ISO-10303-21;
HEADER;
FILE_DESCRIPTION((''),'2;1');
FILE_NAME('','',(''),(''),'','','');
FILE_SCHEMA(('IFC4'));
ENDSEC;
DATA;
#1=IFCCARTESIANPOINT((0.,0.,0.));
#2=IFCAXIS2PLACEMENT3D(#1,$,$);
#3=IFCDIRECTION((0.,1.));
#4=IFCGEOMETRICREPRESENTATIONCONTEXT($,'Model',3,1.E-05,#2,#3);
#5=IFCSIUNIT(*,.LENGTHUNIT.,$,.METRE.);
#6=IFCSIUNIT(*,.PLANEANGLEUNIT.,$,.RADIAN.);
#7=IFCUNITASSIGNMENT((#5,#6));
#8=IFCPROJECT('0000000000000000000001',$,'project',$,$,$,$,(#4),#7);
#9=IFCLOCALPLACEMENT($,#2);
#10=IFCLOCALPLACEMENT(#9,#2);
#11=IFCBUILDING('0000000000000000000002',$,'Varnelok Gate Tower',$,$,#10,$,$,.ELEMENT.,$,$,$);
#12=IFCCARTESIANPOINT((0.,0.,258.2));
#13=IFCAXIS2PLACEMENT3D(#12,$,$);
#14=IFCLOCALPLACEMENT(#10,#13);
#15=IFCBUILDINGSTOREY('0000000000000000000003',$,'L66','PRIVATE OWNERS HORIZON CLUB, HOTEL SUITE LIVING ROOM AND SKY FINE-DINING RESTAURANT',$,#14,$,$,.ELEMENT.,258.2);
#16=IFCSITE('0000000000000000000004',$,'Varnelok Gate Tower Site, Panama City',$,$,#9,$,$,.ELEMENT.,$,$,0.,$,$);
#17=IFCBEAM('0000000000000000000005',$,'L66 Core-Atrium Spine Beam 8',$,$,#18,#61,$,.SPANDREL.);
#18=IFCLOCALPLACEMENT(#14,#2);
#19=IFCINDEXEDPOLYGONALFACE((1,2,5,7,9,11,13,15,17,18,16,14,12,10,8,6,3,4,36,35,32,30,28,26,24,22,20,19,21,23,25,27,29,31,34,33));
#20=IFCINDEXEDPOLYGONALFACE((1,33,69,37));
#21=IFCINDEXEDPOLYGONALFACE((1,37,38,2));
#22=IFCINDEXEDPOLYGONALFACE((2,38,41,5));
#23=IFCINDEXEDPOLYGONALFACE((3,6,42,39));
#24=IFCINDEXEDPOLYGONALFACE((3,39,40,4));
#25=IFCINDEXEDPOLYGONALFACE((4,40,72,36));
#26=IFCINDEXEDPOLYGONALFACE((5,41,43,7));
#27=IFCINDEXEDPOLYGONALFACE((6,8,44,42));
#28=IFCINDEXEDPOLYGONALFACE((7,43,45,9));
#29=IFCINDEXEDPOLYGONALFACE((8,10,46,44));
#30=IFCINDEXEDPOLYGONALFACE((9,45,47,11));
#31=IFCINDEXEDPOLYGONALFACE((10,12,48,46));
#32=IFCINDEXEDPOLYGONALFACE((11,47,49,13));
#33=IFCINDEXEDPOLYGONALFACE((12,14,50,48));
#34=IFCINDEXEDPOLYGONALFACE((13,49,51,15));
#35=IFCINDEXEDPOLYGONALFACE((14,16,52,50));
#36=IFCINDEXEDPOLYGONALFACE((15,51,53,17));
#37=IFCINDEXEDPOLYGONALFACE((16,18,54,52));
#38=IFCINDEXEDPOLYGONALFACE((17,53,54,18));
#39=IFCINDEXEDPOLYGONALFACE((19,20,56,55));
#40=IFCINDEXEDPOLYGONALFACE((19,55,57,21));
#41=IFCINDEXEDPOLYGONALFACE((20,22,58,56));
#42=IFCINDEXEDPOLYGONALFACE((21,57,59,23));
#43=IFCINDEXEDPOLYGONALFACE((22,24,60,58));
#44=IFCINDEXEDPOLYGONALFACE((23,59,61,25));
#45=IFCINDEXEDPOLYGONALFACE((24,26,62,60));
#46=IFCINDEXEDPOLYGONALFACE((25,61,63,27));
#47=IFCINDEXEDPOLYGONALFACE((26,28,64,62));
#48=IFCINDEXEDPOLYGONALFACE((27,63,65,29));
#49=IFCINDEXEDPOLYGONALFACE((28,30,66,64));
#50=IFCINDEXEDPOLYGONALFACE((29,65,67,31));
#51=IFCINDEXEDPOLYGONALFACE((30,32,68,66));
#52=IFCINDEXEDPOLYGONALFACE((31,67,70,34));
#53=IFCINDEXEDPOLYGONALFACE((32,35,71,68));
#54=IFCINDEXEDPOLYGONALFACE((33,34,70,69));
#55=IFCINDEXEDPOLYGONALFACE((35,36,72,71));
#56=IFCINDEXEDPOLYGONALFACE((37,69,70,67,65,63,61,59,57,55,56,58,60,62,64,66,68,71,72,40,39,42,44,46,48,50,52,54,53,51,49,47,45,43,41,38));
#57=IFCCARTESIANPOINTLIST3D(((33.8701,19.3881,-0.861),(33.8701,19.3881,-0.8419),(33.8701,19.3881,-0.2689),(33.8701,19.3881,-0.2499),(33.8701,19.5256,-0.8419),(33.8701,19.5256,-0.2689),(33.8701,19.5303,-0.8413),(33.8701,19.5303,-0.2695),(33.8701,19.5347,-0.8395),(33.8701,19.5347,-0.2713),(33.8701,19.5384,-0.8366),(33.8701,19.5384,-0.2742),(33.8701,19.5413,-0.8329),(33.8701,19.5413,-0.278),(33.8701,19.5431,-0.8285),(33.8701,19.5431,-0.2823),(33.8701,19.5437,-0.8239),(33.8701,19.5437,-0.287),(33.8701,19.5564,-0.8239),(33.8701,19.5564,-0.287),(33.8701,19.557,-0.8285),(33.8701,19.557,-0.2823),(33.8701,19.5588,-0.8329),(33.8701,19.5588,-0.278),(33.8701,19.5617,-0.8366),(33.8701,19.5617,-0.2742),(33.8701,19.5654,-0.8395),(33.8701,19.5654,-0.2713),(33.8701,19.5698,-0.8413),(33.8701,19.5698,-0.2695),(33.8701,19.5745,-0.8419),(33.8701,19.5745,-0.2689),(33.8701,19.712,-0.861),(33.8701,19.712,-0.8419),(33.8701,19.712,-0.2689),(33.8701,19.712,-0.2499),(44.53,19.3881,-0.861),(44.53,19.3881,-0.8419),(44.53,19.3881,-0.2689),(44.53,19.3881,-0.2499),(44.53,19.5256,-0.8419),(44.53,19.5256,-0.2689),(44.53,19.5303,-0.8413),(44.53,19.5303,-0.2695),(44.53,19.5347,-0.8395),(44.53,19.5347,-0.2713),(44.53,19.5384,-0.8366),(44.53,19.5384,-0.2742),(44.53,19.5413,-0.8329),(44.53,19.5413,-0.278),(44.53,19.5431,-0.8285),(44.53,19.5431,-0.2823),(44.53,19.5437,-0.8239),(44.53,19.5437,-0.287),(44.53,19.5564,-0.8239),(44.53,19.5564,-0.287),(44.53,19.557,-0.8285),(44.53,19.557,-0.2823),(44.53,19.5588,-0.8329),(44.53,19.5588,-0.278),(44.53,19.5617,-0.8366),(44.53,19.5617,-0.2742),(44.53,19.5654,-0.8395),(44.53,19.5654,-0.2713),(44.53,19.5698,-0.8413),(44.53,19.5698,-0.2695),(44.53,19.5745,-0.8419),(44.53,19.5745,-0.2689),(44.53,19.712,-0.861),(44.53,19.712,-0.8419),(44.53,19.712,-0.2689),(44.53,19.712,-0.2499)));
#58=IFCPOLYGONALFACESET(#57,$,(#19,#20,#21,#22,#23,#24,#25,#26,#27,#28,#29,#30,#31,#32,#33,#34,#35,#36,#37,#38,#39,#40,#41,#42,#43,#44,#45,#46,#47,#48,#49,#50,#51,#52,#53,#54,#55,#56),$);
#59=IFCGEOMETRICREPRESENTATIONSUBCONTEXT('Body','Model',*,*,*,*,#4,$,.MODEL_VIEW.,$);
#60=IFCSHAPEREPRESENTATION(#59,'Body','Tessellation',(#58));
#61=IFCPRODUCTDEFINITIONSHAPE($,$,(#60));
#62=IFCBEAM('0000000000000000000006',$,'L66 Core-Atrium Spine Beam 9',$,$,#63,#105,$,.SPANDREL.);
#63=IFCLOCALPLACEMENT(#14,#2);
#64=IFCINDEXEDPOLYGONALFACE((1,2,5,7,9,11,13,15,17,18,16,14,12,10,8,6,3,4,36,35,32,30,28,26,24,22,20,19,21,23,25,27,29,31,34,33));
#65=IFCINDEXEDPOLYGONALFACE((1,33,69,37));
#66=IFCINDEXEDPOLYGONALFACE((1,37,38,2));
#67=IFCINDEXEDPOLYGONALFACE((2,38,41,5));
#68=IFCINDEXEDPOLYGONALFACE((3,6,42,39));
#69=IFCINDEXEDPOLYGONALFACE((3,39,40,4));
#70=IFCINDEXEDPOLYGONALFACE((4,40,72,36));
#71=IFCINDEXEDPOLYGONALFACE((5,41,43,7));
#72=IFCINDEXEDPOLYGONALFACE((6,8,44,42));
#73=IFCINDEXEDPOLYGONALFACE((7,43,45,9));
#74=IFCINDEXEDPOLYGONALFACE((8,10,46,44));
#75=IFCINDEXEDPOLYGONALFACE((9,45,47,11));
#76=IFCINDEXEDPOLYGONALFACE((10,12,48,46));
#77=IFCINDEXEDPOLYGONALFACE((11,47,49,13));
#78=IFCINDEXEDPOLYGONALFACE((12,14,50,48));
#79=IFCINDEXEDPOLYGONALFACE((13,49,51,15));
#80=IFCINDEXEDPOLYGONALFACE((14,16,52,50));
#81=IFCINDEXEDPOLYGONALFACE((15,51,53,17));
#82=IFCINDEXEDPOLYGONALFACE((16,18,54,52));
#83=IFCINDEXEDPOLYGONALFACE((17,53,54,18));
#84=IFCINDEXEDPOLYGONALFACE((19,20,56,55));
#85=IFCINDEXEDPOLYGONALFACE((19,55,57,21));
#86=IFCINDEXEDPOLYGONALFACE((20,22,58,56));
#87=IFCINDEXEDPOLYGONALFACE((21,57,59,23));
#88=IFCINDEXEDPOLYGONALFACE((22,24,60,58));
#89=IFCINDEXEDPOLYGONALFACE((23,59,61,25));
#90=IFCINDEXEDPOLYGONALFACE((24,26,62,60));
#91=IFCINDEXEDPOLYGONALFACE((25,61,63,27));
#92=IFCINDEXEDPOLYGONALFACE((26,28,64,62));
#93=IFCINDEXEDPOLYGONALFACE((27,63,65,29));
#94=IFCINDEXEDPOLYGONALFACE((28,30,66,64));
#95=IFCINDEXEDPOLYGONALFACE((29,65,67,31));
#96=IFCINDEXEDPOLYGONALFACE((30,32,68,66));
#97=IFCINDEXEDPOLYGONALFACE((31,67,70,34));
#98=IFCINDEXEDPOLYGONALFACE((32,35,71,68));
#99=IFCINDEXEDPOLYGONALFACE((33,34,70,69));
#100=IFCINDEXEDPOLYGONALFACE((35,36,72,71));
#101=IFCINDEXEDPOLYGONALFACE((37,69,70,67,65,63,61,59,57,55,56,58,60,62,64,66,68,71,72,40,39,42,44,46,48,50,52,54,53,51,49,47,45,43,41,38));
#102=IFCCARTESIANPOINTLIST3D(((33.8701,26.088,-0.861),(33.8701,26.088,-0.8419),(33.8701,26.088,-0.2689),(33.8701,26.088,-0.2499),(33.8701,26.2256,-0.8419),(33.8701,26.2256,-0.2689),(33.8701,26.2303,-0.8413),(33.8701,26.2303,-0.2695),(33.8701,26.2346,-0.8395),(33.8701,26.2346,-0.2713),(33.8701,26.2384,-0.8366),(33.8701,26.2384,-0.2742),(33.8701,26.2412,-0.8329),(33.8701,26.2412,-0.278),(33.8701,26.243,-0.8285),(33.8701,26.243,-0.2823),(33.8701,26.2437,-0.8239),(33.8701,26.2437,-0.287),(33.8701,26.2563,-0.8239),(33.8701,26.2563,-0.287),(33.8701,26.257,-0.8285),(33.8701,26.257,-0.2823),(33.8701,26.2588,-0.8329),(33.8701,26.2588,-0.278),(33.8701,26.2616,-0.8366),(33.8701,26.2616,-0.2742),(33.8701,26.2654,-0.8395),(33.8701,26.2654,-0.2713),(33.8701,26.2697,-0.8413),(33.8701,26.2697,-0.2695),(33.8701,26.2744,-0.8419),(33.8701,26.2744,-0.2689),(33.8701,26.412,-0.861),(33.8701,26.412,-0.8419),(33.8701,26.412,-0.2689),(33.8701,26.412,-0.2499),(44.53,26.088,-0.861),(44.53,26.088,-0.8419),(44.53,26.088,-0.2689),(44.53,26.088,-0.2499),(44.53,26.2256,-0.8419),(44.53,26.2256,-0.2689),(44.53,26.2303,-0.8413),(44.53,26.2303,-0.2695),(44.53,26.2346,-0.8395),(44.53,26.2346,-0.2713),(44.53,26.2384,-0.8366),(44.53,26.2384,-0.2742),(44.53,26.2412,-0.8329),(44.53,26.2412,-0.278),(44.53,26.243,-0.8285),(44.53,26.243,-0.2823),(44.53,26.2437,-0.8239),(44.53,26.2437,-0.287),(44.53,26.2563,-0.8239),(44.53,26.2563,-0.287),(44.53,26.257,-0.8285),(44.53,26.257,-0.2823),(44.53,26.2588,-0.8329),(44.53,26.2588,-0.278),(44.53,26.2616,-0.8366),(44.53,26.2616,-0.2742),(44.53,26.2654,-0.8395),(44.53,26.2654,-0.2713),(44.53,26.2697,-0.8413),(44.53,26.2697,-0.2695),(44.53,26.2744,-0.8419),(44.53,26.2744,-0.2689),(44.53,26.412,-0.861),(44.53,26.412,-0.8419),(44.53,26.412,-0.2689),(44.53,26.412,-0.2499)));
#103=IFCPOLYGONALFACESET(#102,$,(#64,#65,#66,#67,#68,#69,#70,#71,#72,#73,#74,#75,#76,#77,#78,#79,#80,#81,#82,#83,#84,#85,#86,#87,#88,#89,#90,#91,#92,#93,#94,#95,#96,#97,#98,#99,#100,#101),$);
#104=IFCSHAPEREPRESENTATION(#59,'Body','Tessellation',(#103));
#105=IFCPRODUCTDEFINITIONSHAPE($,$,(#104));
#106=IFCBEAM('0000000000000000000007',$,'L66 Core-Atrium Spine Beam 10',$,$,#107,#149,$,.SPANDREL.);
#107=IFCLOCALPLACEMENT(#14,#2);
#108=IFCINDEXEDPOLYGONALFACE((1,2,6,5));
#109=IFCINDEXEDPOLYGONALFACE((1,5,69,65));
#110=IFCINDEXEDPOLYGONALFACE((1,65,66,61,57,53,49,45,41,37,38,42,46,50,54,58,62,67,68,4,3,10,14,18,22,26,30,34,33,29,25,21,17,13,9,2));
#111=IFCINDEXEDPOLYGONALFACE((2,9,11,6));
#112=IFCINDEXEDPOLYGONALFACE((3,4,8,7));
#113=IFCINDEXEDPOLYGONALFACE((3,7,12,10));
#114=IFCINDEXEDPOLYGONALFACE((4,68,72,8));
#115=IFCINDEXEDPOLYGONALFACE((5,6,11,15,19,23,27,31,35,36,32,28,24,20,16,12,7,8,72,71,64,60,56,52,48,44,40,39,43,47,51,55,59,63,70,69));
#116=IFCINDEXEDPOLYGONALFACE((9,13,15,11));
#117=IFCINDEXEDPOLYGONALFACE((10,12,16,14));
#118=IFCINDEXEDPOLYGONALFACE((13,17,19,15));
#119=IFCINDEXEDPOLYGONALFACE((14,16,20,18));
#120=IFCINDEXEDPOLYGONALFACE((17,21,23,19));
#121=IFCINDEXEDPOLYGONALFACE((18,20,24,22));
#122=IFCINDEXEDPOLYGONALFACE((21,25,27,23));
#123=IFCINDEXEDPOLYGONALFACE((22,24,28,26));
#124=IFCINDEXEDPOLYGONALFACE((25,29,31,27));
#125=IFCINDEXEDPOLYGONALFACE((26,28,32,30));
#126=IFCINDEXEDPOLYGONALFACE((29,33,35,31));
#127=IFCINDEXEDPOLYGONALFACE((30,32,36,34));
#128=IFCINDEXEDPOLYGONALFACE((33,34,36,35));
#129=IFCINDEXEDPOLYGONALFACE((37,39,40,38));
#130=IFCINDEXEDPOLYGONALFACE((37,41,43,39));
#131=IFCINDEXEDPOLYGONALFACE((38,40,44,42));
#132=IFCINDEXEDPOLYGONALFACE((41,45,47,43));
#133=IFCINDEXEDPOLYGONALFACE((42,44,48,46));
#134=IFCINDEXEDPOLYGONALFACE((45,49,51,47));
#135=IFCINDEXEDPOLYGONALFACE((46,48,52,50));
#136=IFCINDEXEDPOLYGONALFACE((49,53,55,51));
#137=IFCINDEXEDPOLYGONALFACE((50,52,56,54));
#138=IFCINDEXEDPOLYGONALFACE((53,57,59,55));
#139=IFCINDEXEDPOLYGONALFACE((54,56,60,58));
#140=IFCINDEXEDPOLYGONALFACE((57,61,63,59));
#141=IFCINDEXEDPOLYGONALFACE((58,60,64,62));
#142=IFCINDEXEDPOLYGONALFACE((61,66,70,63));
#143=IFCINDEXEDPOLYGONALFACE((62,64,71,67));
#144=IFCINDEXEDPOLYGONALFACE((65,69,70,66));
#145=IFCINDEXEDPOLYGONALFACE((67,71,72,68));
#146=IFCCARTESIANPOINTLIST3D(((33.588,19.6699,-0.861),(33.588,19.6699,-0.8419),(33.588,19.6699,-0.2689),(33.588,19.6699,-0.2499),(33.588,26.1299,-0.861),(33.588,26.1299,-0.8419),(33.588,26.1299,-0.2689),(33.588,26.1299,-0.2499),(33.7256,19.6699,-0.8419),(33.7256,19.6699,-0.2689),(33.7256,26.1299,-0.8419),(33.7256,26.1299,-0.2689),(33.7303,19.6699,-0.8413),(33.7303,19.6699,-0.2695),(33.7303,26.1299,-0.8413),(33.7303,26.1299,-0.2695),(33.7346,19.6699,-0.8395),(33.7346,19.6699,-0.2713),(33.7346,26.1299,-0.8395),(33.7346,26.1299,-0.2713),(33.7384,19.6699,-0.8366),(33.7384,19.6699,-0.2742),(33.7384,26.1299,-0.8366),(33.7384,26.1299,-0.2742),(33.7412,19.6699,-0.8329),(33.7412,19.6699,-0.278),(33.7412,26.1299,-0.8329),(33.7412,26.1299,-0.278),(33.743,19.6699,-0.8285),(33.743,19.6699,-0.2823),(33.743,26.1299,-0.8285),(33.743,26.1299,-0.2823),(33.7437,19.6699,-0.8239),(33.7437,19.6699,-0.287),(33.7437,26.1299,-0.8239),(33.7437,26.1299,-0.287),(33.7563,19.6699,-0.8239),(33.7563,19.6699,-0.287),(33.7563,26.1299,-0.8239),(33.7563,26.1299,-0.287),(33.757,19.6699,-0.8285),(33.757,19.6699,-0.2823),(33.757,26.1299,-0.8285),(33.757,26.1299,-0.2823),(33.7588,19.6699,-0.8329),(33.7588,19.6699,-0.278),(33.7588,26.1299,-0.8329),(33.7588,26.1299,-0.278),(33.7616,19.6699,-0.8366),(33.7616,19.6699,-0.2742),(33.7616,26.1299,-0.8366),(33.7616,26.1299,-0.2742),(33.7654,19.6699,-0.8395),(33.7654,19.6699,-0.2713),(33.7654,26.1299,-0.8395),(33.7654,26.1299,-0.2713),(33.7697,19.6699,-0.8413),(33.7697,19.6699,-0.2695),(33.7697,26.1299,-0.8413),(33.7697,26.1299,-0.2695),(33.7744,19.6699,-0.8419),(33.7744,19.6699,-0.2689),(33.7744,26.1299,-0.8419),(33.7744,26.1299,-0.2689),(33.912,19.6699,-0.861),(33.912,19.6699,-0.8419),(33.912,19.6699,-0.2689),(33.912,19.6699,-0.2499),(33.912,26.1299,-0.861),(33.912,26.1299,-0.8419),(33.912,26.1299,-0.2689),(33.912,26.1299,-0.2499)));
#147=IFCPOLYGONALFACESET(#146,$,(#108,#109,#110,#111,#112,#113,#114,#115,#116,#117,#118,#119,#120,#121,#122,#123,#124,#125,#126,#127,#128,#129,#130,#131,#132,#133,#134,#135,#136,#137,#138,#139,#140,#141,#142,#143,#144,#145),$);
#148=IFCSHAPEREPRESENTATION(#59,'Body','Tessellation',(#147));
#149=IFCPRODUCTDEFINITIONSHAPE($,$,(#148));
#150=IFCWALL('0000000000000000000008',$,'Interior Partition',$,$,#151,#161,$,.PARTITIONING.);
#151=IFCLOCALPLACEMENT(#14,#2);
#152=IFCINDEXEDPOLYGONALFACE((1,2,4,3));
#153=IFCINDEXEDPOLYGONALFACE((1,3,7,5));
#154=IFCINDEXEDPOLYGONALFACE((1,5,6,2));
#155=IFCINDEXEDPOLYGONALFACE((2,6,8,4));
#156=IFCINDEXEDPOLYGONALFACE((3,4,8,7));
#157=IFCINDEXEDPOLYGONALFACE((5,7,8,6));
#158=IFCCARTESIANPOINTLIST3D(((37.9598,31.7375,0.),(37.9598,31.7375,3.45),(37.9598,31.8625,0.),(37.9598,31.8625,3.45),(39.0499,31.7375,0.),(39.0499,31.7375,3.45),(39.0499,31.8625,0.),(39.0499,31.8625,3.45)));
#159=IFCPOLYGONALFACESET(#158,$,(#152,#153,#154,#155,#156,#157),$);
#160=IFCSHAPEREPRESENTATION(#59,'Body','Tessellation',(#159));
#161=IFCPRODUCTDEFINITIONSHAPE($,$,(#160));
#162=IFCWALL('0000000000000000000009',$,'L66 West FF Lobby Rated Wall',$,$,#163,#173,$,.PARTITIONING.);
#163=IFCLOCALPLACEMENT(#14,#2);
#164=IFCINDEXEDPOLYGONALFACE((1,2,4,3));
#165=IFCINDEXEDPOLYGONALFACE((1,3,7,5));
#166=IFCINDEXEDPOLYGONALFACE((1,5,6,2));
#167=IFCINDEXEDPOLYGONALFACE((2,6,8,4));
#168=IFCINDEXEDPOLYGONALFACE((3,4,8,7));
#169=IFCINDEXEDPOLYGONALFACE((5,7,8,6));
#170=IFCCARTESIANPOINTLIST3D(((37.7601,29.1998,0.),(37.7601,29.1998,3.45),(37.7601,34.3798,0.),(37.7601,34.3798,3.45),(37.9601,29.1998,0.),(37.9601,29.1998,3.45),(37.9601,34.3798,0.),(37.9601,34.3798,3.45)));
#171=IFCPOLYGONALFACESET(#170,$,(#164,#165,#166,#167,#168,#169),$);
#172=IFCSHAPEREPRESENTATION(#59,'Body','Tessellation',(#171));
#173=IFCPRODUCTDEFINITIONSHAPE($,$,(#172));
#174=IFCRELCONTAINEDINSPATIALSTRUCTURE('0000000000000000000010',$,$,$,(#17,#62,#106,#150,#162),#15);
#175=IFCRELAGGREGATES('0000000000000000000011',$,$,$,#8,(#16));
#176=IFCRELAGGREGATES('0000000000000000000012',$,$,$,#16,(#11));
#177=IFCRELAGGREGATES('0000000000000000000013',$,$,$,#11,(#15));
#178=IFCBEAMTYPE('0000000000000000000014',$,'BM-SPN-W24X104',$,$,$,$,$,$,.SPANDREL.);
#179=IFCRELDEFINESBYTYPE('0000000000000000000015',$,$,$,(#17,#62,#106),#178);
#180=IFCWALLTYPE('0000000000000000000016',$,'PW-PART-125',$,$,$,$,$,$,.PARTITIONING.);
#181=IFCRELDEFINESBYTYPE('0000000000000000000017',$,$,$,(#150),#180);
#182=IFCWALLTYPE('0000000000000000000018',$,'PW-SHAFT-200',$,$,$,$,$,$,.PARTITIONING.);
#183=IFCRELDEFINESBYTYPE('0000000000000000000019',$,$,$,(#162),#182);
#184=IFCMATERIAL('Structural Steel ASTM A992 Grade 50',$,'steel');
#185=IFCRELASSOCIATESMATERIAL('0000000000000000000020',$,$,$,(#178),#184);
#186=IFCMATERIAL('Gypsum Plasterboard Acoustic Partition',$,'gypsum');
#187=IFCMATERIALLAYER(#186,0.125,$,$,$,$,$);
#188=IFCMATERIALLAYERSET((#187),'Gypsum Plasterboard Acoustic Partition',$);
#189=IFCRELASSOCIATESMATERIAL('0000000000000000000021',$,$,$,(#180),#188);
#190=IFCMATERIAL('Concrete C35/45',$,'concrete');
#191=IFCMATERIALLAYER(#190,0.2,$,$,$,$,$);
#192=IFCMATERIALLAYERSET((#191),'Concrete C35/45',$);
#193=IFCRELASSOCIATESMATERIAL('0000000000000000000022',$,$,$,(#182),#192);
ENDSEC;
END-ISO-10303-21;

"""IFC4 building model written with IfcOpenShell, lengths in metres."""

from ifc_helpers import new_model, si_unit, direction, frame, frame_2d, origin, origin_2d, place, context, subcontext, project, spatial, rectangle, i_section, extrude, material, layer, layer_set, material_profile, profile_set, type_object, element, save


model = new_model("IFC4")

# Units and contexts
model_context = context("Model", 3, precision=1e-05, world=origin(), true_north=direction((0.0, 1.0)))
body_context = subcontext(model_context, "Body", "Model", "MODEL_VIEW")
ifc_project = project(units=[si_unit("LENGTHUNIT", "METRE"), si_unit("PLANEANGLEUNIT", "RADIAN")], contexts=[model_context])

# Site, building, storey
site_placement = place(None, origin())
site = spatial("IfcSite", under=ifc_project, at=site_placement, Name="Varnelok Gate Tower Site, Panama City", CompositionType="ELEMENT", RefElevation=0.0)
building_placement = place(site_placement, origin())
building = spatial("IfcBuilding", under=site, at=building_placement, Name="Varnelok Gate Tower", CompositionType="ELEMENT")
storey_placement = place(building_placement, frame((0.0, 0.0, 258.2)))
storey = spatial("IfcBuildingStorey", under=building, at=storey_placement, Name="L66", Description="PRIVATE OWNERS HORIZON CLUB, HOTEL SUITE LIVING ROOM AND SKY FINE-DINING RESTAURANT", CompositionType="ELEMENT", Elevation=258.2)

# Shared definitions
ifc_material_1 = material(Name="Structural Steel ASTM A992 Grade 50", Category="steel")

# Beams
ifc_material_profile_1 = material_profile(ifc_material_1, i_section(OverallWidth=0.324, OverallDepth=0.6111, WebThickness=0.0127, FlangeThickness=0.019, FilletRadius=0.0181, at=origin_2d()), Name="W24X104")
ifc_profile_set_1 = profile_set([ifc_material_profile_1], Name="Structural Steel ASTM A992 Grade 50")
beam_type_1 = type_object("IfcBeamType", Name="BM-SPN-W24X104", PredefinedType="SPANDREL", material=ifc_profile_set_1)
for number, where, z_axis, x_axis, name in (
    (1, (33.8701, 19.55, -0.5554), (1.0, 0.0, 0.0), (0.0, 1.0, 0.0), "L66 Core-Atrium Spine Beam 8"),
    (2, (33.8701, 26.25, -0.5554), (1.0, 0.0, 0.0), (0.0, 1.0, 0.0), "L66 Core-Atrium Spine Beam 9"),
):
    element("IfcBeam", number, at=place(storey_placement, frame(where, z_axis=z_axis, x_axis=x_axis)), inside=storey, type_object=beam_type_1, Name=name, PredefinedType="SPANDREL", context=body_context, shape_type="SweptSolid", body=[
        extrude(i_section(OverallWidth=0.324, OverallDepth=0.6111, WebThickness=0.0127, FlangeThickness=0.019, FilletRadius=0.0181, at=origin_2d()), origin(), (0.0, 0.0, 1.0), 10.6599),
    ])
beam_1_placement = place(storey_placement, frame((33.75, 19.6699, -0.5554), z_axis=(0.0, 1.0, 0.0), x_axis=(-1.0, 0.0, 0.0)))
element("IfcBeam", 3, at=beam_1_placement, inside=storey, type_object=beam_type_1, Name="L66 Core-Atrium Spine Beam 10", PredefinedType="SPANDREL", context=body_context, shape_type="SweptSolid", body=[
    extrude(i_section(OverallWidth=0.324, OverallDepth=0.6111, WebThickness=0.0127, FlangeThickness=0.019, FilletRadius=0.0181, at=origin_2d()), origin(), (0.0, 0.0, 1.0), 6.46),
])

# Walls
ifc_material_2 = material(Name="Gypsum Plasterboard Acoustic Partition", Category="gypsum")
ifc_layer_1 = layer(ifc_material_2, 0.125)
ifc_layer_set_1 = layer_set([ifc_layer_1], Name="Gypsum Plasterboard Acoustic Partition")
wall_type_1 = type_object("IfcWallType", Name="PW-PART-125", PredefinedType="PARTITIONING", material=ifc_layer_set_1)
wall_1_placement = place(storey_placement, frame((37.96, 31.8, 0.0), z_axis=(0.0, 0.0, 1.0), x_axis=(1.0, 0.0, 0.0)))
element("IfcWall", 4, at=wall_1_placement, inside=storey, type_object=wall_type_1, Name="Interior Partition", PredefinedType="PARTITIONING", context=body_context, shape_type="SweptSolid", body=[
    extrude(rectangle(XDim=1.0901, YDim=0.125, at=frame_2d((0.5449, 0.0))), origin(), (0.0, 0.0, 1.0), 3.45),
])
ifc_material_3 = material(Name="Concrete C35/45", Category="concrete")
ifc_layer_2 = layer(ifc_material_3, 0.2)
ifc_layer_set_2 = layer_set([ifc_layer_2], Name="Concrete C35/45")
wall_type_2 = type_object("IfcWallType", Name="PW-SHAFT-200", PredefinedType="PARTITIONING", material=ifc_layer_set_2)
wall_2_placement = place(storey_placement, frame((37.8601, 29.2, 0.0), z_axis=(0.0, 0.0, 1.0), x_axis=(0.0, 1.0, 0.0)))
element("IfcWall", 5, at=wall_2_placement, inside=storey, type_object=wall_type_2, Name="L66 West FF Lobby Rated Wall", PredefinedType="PARTITIONING", context=body_context, shape_type="SweptSolid", body=[
    extrude(rectangle(XDim=5.1799, YDim=0.2, at=frame_2d((2.5898, 0.0))), origin(), (0.0, 0.0, 1.0), 3.45),
])

save(model, "model.ifc")
